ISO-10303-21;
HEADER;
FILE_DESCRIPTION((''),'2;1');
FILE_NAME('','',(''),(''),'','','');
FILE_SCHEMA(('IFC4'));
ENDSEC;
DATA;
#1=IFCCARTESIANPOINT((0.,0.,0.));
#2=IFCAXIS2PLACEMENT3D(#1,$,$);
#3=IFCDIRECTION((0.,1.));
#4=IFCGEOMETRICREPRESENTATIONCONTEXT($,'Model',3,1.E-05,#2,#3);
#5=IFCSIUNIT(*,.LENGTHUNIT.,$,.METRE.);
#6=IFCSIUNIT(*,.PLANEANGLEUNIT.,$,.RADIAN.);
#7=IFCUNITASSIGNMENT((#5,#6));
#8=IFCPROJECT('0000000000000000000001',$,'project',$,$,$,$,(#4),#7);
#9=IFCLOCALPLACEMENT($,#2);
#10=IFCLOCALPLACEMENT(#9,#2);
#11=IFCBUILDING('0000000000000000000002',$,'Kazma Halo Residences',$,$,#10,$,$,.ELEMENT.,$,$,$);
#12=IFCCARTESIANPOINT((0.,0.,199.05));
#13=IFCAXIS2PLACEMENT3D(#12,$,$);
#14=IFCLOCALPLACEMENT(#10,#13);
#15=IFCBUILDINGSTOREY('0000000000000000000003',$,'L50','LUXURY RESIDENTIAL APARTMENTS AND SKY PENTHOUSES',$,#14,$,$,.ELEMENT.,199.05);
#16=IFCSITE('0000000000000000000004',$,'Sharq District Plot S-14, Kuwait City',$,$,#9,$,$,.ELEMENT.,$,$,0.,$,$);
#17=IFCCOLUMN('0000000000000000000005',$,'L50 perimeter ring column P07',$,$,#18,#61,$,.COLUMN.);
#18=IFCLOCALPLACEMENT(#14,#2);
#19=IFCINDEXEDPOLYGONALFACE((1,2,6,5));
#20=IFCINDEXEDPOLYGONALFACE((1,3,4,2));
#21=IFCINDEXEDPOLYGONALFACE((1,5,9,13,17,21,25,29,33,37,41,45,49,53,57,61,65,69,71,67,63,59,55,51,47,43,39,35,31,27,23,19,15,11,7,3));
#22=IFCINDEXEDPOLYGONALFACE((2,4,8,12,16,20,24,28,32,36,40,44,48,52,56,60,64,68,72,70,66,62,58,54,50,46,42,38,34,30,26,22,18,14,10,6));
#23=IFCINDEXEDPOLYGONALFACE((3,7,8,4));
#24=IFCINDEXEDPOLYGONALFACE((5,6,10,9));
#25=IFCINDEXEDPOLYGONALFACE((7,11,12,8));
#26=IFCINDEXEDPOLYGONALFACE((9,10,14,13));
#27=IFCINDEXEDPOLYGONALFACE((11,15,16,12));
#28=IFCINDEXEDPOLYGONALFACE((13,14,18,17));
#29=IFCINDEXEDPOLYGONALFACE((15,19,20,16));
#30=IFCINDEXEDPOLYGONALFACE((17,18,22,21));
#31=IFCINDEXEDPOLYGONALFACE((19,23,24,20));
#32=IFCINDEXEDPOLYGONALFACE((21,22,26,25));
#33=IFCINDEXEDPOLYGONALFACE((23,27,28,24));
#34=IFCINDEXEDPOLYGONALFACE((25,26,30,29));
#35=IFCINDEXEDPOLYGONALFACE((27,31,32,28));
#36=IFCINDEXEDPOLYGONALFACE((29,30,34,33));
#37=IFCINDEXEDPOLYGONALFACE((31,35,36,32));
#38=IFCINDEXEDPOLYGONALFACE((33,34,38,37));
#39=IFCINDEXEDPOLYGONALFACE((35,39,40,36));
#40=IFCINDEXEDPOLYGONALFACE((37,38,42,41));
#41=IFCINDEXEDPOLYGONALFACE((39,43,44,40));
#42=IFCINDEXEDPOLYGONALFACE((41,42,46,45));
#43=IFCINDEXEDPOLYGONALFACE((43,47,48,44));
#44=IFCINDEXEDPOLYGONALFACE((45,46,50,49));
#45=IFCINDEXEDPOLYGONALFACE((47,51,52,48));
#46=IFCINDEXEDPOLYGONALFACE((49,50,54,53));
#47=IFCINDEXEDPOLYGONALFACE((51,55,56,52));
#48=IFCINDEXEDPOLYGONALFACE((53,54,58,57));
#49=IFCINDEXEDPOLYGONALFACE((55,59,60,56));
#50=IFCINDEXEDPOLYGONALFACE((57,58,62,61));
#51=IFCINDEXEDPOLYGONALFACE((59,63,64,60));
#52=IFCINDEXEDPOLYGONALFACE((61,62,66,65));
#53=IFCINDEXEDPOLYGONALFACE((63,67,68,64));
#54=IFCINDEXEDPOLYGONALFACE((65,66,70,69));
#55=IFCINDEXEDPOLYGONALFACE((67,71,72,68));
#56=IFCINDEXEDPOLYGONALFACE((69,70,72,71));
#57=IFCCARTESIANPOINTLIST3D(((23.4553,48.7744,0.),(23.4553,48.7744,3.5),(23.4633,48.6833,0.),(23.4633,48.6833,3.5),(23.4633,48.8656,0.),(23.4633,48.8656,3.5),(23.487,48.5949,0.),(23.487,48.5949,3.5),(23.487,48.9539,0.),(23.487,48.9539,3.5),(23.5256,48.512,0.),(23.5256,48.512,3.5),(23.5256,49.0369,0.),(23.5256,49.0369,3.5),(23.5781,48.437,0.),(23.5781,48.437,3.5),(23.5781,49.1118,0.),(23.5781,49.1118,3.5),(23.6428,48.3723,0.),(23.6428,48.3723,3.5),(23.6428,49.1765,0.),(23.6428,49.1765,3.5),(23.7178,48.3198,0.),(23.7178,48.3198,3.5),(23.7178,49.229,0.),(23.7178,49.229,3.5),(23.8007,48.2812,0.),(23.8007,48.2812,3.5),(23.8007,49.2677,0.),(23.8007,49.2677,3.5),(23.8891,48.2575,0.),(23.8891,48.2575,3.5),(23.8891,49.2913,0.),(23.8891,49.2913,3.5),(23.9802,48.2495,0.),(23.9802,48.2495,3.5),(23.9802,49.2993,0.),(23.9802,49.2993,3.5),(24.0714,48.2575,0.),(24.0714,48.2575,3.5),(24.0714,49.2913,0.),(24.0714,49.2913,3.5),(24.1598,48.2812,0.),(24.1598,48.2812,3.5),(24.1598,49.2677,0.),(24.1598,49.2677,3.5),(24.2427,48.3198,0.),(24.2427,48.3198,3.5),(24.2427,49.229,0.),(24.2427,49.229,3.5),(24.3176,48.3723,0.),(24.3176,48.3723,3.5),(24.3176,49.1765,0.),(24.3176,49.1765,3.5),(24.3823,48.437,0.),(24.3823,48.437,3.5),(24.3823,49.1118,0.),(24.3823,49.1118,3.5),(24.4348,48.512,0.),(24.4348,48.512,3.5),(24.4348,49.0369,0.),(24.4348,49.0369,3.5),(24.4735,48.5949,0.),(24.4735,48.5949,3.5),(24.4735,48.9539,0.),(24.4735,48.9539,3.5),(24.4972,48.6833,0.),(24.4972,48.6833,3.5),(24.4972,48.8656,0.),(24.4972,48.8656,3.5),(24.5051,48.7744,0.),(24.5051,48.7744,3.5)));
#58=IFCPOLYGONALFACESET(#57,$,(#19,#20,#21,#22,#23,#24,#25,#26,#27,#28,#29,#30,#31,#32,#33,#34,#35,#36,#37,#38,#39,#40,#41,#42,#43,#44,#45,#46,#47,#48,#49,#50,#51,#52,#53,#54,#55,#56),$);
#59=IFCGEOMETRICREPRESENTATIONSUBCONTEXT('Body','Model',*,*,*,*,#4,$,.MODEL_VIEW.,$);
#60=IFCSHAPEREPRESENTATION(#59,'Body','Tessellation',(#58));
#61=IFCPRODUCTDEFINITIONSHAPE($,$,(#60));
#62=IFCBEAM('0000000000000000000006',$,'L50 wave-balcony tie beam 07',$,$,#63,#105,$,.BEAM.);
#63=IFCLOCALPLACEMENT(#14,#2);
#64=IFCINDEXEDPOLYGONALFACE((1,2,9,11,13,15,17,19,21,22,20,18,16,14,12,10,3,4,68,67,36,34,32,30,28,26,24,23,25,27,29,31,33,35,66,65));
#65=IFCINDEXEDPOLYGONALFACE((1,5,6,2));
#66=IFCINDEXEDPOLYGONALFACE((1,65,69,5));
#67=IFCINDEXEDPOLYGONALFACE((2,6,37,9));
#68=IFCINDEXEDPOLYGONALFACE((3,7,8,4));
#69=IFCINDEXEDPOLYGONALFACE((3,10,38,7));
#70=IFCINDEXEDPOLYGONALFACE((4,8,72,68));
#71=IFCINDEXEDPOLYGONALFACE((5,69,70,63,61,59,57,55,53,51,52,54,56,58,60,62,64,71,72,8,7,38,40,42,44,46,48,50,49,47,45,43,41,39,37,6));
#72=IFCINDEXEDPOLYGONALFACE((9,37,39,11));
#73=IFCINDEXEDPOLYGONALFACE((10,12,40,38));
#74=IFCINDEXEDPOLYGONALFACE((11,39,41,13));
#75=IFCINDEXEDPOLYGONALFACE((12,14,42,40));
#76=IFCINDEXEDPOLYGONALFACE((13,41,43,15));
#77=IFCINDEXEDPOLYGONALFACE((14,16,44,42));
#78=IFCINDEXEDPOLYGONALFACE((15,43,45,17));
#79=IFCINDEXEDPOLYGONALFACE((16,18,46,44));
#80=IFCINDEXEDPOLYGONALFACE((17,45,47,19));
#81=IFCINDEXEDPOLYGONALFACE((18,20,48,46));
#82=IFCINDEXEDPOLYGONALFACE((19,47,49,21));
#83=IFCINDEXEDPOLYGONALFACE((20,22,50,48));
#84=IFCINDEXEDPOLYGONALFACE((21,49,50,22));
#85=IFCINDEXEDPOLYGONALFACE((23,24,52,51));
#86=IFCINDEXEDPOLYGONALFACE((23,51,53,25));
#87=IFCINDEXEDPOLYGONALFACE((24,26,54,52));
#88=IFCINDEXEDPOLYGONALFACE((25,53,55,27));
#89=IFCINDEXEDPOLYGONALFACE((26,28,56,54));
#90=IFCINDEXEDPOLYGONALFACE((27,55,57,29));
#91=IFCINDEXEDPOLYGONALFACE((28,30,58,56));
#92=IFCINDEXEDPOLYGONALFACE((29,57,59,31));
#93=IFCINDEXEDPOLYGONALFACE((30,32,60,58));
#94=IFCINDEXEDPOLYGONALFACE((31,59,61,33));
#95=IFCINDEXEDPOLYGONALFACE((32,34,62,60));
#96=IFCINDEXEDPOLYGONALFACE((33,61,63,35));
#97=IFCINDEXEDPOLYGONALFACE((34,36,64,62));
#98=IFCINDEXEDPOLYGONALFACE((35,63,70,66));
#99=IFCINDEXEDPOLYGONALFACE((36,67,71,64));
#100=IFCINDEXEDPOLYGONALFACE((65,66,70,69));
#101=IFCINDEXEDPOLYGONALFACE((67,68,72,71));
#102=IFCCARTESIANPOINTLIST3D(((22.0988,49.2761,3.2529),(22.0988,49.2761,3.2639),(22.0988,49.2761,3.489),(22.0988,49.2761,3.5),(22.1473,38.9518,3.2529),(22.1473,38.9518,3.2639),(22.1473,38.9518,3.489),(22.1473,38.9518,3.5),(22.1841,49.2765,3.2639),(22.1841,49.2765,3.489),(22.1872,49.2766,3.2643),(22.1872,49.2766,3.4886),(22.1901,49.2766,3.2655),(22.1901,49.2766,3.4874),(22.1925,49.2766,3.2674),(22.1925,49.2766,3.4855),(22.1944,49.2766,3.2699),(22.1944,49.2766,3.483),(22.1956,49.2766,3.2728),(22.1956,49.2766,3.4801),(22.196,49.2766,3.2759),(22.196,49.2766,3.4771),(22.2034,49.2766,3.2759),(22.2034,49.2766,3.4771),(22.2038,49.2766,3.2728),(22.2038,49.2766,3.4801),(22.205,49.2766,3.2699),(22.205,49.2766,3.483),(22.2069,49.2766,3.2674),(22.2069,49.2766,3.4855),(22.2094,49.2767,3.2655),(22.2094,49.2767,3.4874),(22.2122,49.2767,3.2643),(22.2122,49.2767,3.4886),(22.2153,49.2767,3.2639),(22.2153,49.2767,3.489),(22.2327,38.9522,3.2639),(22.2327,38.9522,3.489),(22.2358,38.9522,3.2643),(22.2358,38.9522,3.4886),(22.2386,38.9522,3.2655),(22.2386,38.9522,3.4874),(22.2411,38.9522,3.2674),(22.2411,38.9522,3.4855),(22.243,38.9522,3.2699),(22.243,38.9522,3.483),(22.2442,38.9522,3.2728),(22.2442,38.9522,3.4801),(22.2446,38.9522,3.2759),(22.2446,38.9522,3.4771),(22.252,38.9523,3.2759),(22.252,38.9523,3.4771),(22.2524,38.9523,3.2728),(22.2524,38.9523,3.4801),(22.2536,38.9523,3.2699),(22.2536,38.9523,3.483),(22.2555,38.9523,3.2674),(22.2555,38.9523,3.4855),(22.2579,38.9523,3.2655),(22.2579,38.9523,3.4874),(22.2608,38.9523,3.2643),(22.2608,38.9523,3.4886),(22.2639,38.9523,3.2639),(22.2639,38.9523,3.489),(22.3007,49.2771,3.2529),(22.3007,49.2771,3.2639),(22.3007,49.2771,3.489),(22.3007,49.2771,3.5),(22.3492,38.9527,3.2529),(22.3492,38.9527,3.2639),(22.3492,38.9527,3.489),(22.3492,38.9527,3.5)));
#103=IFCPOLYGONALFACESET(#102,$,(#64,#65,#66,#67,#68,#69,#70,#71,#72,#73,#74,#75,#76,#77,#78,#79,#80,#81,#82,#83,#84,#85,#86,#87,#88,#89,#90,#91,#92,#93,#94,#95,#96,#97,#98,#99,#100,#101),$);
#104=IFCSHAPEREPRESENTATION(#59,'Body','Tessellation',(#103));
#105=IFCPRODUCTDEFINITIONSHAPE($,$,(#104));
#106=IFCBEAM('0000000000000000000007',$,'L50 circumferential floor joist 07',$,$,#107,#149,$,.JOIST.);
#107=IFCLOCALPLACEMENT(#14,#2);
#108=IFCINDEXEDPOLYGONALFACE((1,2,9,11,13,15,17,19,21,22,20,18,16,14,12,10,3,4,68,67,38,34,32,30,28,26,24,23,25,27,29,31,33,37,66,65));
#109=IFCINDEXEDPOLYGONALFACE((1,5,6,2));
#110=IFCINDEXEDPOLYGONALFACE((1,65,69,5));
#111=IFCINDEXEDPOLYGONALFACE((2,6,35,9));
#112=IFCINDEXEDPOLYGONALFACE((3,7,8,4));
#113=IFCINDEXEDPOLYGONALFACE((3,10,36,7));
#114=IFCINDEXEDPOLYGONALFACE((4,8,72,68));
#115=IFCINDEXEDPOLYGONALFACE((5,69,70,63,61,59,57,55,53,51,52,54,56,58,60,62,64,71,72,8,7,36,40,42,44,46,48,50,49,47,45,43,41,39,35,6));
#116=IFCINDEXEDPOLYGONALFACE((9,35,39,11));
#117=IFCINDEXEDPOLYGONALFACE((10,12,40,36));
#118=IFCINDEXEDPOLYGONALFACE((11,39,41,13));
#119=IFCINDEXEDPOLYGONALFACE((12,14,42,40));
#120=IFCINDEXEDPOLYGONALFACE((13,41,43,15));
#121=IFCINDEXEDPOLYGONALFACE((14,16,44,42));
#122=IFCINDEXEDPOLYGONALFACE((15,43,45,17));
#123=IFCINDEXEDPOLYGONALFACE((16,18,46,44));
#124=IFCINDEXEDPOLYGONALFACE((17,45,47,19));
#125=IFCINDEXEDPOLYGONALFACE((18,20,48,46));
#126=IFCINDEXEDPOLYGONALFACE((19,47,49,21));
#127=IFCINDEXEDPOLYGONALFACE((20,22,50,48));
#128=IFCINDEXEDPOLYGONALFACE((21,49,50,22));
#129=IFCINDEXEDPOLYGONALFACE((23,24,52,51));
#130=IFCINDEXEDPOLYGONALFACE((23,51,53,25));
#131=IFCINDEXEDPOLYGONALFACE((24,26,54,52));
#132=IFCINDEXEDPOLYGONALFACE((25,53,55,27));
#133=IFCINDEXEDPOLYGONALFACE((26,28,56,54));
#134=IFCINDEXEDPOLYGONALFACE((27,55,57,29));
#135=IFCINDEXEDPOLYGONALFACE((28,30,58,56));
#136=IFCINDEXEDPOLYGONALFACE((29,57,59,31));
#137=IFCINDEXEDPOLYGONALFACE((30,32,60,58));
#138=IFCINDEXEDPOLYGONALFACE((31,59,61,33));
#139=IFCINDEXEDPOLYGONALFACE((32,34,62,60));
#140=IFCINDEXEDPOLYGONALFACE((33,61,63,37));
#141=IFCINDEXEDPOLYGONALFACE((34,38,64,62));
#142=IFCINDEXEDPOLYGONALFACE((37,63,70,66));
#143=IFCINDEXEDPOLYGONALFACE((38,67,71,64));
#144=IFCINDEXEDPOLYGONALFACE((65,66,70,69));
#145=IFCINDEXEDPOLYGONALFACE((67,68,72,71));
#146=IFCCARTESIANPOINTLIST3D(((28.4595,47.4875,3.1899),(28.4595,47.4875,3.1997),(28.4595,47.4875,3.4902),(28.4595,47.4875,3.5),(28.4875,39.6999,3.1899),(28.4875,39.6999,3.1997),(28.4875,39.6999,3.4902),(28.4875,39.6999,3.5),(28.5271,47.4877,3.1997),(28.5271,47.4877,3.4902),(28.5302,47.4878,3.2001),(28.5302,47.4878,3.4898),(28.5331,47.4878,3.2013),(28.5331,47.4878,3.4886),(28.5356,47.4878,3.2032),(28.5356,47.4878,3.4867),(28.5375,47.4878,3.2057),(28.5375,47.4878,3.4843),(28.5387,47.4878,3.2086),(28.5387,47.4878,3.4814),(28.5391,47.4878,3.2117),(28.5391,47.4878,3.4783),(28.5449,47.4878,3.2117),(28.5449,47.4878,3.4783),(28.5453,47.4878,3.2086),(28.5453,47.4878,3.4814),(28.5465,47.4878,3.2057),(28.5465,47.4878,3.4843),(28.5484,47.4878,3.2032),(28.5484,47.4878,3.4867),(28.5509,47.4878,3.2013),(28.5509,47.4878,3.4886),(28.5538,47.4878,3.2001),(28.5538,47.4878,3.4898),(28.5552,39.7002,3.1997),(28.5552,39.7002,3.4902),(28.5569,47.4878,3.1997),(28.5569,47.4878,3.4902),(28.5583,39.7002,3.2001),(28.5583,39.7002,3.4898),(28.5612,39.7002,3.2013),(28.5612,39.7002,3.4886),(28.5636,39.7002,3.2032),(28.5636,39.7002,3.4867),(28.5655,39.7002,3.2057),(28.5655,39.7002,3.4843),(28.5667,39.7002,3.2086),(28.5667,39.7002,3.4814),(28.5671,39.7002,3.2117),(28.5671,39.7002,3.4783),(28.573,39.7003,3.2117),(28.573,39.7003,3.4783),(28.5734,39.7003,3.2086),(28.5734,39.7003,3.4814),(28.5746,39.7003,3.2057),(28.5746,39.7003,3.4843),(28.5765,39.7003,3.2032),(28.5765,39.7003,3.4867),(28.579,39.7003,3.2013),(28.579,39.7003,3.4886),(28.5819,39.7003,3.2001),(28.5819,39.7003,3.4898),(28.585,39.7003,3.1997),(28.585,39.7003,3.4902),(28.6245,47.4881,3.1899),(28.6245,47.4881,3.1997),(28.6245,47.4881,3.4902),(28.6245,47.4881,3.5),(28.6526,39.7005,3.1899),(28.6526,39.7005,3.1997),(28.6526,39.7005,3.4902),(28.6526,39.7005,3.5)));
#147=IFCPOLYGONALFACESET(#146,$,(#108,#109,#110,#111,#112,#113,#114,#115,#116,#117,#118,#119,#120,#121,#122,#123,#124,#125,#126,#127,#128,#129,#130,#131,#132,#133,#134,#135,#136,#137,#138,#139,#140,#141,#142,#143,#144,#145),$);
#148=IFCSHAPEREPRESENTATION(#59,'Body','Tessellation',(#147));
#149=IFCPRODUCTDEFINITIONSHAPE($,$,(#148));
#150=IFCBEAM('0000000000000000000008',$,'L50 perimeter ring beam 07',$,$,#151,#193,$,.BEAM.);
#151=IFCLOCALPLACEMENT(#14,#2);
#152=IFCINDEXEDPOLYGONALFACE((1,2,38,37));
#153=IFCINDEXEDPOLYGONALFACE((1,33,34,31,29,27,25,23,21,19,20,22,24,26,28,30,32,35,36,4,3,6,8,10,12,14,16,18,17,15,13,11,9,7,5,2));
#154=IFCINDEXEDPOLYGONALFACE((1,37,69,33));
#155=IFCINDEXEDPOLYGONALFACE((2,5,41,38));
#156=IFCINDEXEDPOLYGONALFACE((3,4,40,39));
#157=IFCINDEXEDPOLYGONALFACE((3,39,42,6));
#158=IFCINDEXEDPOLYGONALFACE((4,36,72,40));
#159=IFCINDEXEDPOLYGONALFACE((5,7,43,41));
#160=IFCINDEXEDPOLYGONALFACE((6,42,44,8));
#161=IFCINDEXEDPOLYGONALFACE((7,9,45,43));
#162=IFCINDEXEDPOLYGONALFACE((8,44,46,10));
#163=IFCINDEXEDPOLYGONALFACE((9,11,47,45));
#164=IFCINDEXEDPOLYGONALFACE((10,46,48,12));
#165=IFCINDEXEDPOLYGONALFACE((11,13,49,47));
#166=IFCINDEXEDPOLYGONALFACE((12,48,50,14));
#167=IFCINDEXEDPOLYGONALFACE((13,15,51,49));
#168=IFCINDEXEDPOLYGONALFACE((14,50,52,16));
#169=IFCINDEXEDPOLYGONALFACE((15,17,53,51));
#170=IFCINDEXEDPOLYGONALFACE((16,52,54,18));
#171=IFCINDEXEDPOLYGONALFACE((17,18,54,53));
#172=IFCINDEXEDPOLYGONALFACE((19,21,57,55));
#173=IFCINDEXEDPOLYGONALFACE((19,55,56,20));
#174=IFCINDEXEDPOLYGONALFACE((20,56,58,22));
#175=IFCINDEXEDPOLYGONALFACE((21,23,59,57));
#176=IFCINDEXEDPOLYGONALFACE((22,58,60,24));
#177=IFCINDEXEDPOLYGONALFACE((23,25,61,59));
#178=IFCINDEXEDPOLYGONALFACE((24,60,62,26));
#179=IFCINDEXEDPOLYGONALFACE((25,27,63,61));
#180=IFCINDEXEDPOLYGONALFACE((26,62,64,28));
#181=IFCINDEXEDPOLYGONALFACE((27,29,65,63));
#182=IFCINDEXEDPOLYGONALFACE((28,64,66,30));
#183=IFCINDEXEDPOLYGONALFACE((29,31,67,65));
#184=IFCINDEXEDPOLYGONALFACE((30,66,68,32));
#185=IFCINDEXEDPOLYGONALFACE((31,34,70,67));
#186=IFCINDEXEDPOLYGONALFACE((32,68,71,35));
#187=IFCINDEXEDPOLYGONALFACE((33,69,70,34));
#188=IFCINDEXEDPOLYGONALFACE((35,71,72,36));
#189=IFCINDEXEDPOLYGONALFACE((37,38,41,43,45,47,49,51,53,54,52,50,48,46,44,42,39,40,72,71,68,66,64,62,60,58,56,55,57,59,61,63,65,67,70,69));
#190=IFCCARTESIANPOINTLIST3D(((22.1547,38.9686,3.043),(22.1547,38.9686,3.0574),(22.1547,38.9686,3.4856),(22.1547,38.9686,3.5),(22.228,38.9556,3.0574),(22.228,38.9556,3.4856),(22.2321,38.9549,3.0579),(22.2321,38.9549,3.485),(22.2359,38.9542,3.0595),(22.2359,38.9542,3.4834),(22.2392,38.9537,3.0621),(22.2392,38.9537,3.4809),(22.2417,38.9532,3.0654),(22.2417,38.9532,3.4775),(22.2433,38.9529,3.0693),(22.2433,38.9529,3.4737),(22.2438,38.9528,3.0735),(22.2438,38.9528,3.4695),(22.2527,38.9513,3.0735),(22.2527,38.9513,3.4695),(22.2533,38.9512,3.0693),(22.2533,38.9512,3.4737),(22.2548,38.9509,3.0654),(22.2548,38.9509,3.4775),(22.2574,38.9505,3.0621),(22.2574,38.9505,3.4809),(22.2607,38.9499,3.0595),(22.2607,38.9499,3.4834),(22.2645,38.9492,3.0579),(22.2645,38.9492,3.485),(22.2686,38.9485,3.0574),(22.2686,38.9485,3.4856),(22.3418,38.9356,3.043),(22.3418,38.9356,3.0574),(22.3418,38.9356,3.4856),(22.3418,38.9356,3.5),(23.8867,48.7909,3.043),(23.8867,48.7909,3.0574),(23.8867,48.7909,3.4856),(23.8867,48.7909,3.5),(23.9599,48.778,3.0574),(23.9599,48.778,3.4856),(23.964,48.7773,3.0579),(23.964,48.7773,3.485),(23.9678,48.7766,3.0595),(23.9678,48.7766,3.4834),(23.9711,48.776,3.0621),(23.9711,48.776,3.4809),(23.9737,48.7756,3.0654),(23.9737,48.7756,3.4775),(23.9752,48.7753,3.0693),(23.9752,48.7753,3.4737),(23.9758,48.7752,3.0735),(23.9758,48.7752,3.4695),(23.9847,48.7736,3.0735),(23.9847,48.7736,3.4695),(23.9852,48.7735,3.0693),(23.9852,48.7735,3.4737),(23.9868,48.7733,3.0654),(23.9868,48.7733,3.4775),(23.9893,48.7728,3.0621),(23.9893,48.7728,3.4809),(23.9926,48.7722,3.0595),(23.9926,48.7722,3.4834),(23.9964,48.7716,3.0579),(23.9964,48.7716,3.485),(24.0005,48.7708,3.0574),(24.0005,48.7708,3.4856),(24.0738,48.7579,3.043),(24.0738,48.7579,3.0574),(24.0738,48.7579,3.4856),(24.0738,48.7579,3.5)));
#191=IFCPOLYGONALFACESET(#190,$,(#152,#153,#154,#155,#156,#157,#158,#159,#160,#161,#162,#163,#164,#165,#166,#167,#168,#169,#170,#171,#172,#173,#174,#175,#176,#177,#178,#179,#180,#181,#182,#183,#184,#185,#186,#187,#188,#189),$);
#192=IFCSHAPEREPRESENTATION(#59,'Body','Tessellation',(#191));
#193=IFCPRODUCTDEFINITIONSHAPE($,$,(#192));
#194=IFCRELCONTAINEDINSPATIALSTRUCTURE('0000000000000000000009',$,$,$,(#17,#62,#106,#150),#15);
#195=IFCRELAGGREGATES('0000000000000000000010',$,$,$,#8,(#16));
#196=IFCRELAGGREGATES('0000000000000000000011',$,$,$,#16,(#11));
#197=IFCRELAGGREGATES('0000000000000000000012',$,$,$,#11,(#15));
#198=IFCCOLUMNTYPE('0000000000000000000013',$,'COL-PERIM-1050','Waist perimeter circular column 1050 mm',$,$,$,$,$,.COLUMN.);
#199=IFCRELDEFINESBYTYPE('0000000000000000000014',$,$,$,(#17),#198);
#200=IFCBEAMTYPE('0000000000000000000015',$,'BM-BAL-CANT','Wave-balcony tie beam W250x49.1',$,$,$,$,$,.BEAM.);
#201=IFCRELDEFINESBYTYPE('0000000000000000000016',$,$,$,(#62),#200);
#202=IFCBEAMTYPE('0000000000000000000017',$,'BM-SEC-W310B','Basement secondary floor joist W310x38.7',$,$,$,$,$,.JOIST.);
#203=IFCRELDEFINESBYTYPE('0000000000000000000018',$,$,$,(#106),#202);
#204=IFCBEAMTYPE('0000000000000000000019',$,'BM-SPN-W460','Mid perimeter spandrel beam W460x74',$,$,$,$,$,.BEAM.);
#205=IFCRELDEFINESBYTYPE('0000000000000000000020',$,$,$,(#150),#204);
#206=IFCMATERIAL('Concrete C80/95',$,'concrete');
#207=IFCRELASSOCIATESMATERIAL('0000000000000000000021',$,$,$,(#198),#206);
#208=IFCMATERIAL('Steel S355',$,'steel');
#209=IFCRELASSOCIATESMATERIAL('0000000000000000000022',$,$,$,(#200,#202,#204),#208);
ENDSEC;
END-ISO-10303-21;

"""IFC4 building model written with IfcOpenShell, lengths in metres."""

from ifc_helpers import new_model, si_unit, direction, frame, origin, origin_2d, place, context, subcontext, project, spatial, circle, i_section, extrude, material, material_profile, profile_set, type_object, element, save


model = new_model("IFC4")

# Units and contexts
model_context = context("Model", 3, precision=1e-05, world=origin(), true_north=direction((0.0, 1.0)))
body_context = subcontext(model_context, "Body", "Model", "MODEL_VIEW")
ifc_project = project(units=[si_unit("LENGTHUNIT", "METRE"), si_unit("PLANEANGLEUNIT", "RADIAN")], contexts=[model_context])

# Site, building, storey
site_placement = place(None, origin())
site = spatial("IfcSite", under=ifc_project, at=site_placement, Name="Sharq District Plot S-14, Kuwait City", CompositionType="ELEMENT", RefElevation=0.0)
building_placement = place(site_placement, origin())
building = spatial("IfcBuilding", under=site, at=building_placement, Name="Kazma Halo Residences", CompositionType="ELEMENT")
storey_placement = place(building_placement, frame((0.0, 0.0, 199.05)))
storey = spatial("IfcBuildingStorey", under=building, at=storey_placement, Name="L50", Description="LUXURY RESIDENTIAL APARTMENTS AND SKY PENTHOUSES", CompositionType="ELEMENT", Elevation=199.05)

# Column
ifc_material_1 = material(Name="Concrete C80/95", Category="concrete")
ifc_material_profile_1 = material_profile(ifc_material_1, circle(Radius=0.5249, at=origin_2d()), Name="CIRC1050")
ifc_profile_set_1 = profile_set([ifc_material_profile_1], Name="Concrete C80/95")
column_type = type_object("IfcColumnType", Name="COL-PERIM-1050", Description="Waist perimeter circular column 1050 mm", PredefinedType="COLUMN", material=ifc_profile_set_1)
column_placement = place(storey_placement, frame((23.9802, 48.7744, 0.0), z_axis=(0.0, 0.0, 1.0), x_axis=(1.0, 0.0, 0.0)))
element("IfcColumn", 1, at=column_placement, inside=storey, type_object=column_type, Name="L50 perimeter ring column P07", PredefinedType="COLUMN", context=body_context, shape_type="SweptSolid", body=[
    extrude(circle(Radius=0.5249, at=origin_2d()), origin(), (0.0, 0.0, 1.0), 3.5),
])

# Beams
ifc_material_2 = material(Name="Steel S355", Category="steel")
ifc_material_profile_2 = material_profile(ifc_material_2, i_section(OverallWidth=0.2019, OverallDepth=0.2471, WebThickness=0.0073, FlangeThickness=0.011, FilletRadius=0.012, at=origin_2d()), Name="W250x49.1")
ifc_profile_set_2 = profile_set([ifc_material_profile_2], Name="Steel S355")
beam_type_1 = type_object("IfcBeamType", Name="BM-BAL-CANT", Description="Wave-balcony tie beam W250x49.1", PredefinedType="BEAM", material=ifc_profile_set_2)
beam_1_placement = place(storey_placement, frame((22.1997, 49.2766, 3.3765), z_axis=(0.004706, -0.999989, 0.0), x_axis=(0.999989, 0.004706, 0.0)))
element("IfcBeam", 2, at=beam_1_placement, inside=storey, type_object=beam_type_1, Name="L50 wave-balcony tie beam 07", PredefinedType="BEAM", context=body_context, shape_type="SweptSolid", body=[
    extrude(i_section(OverallWidth=0.2019, OverallDepth=0.2471, WebThickness=0.0073, FlangeThickness=0.011, FilletRadius=0.012, at=origin_2d()), origin(), (0.0, 0.0, 1.0), 10.3245),
])
ifc_material_profile_3 = material_profile(ifc_material_2, i_section(OverallWidth=0.165, OverallDepth=0.3101, WebThickness=0.0059, FlangeThickness=0.0098, FilletRadius=0.012, at=origin_2d()), Name="W310x38.7")
ifc_profile_set_3 = profile_set([ifc_material_profile_3], Name="Steel S355")
beam_type_2 = type_object("IfcBeamType", Name="BM-SEC-W310B", Description="Basement secondary floor joist W310x38.7", PredefinedType="JOIST", material=ifc_profile_set_3)
beam_2_placement = place(storey_placement, frame((28.542, 47.4878, 3.345), z_axis=(0.003605, -0.999994, 0.0), x_axis=(0.999994, 0.003605, 0.0)))
element("IfcBeam", 3, at=beam_2_placement, inside=storey, type_object=beam_type_2, Name="L50 circumferential floor joist 07", PredefinedType="JOIST", context=body_context, shape_type="SweptSolid", body=[
    extrude(i_section(OverallWidth=0.165, OverallDepth=0.3101, WebThickness=0.0059, FlangeThickness=0.0098, FilletRadius=0.012, at=origin_2d()), origin(), (0.0, 0.0, 1.0), 7.7876),
])
ifc_material_profile_4 = material_profile(ifc_material_2, i_section(OverallWidth=0.1899, OverallDepth=0.457, WebThickness=0.009, FlangeThickness=0.0144, FilletRadius=0.0161, at=origin_2d()), Name="W460x74")
ifc_profile_set_4 = profile_set([ifc_material_profile_4], Name="Steel S355")
beam_type_3 = type_object("IfcBeamType", Name="BM-SPN-W460", Description="Mid perimeter spandrel beam W460x74", PredefinedType="BEAM", material=ifc_profile_set_4)
beam_3_placement = place(storey_placement, frame((23.9802, 48.7744, 3.2715), z_axis=(-0.173648, -0.984808, 0.0), x_axis=(0.984808, -0.173648, 0.0)))
element("IfcBeam", 4, at=beam_3_placement, inside=storey, type_object=beam_type_3, Name="L50 perimeter ring beam 07", PredefinedType="BEAM", context=body_context, shape_type="SweptSolid", body=[
    extrude(i_section(OverallWidth=0.1899, OverallDepth=0.457, WebThickness=0.009, FlangeThickness=0.0144, FilletRadius=0.0161, at=origin_2d()), origin(), (0.0, 0.0, 1.0), 9.9739),
])

save(model, "model.ifc")
